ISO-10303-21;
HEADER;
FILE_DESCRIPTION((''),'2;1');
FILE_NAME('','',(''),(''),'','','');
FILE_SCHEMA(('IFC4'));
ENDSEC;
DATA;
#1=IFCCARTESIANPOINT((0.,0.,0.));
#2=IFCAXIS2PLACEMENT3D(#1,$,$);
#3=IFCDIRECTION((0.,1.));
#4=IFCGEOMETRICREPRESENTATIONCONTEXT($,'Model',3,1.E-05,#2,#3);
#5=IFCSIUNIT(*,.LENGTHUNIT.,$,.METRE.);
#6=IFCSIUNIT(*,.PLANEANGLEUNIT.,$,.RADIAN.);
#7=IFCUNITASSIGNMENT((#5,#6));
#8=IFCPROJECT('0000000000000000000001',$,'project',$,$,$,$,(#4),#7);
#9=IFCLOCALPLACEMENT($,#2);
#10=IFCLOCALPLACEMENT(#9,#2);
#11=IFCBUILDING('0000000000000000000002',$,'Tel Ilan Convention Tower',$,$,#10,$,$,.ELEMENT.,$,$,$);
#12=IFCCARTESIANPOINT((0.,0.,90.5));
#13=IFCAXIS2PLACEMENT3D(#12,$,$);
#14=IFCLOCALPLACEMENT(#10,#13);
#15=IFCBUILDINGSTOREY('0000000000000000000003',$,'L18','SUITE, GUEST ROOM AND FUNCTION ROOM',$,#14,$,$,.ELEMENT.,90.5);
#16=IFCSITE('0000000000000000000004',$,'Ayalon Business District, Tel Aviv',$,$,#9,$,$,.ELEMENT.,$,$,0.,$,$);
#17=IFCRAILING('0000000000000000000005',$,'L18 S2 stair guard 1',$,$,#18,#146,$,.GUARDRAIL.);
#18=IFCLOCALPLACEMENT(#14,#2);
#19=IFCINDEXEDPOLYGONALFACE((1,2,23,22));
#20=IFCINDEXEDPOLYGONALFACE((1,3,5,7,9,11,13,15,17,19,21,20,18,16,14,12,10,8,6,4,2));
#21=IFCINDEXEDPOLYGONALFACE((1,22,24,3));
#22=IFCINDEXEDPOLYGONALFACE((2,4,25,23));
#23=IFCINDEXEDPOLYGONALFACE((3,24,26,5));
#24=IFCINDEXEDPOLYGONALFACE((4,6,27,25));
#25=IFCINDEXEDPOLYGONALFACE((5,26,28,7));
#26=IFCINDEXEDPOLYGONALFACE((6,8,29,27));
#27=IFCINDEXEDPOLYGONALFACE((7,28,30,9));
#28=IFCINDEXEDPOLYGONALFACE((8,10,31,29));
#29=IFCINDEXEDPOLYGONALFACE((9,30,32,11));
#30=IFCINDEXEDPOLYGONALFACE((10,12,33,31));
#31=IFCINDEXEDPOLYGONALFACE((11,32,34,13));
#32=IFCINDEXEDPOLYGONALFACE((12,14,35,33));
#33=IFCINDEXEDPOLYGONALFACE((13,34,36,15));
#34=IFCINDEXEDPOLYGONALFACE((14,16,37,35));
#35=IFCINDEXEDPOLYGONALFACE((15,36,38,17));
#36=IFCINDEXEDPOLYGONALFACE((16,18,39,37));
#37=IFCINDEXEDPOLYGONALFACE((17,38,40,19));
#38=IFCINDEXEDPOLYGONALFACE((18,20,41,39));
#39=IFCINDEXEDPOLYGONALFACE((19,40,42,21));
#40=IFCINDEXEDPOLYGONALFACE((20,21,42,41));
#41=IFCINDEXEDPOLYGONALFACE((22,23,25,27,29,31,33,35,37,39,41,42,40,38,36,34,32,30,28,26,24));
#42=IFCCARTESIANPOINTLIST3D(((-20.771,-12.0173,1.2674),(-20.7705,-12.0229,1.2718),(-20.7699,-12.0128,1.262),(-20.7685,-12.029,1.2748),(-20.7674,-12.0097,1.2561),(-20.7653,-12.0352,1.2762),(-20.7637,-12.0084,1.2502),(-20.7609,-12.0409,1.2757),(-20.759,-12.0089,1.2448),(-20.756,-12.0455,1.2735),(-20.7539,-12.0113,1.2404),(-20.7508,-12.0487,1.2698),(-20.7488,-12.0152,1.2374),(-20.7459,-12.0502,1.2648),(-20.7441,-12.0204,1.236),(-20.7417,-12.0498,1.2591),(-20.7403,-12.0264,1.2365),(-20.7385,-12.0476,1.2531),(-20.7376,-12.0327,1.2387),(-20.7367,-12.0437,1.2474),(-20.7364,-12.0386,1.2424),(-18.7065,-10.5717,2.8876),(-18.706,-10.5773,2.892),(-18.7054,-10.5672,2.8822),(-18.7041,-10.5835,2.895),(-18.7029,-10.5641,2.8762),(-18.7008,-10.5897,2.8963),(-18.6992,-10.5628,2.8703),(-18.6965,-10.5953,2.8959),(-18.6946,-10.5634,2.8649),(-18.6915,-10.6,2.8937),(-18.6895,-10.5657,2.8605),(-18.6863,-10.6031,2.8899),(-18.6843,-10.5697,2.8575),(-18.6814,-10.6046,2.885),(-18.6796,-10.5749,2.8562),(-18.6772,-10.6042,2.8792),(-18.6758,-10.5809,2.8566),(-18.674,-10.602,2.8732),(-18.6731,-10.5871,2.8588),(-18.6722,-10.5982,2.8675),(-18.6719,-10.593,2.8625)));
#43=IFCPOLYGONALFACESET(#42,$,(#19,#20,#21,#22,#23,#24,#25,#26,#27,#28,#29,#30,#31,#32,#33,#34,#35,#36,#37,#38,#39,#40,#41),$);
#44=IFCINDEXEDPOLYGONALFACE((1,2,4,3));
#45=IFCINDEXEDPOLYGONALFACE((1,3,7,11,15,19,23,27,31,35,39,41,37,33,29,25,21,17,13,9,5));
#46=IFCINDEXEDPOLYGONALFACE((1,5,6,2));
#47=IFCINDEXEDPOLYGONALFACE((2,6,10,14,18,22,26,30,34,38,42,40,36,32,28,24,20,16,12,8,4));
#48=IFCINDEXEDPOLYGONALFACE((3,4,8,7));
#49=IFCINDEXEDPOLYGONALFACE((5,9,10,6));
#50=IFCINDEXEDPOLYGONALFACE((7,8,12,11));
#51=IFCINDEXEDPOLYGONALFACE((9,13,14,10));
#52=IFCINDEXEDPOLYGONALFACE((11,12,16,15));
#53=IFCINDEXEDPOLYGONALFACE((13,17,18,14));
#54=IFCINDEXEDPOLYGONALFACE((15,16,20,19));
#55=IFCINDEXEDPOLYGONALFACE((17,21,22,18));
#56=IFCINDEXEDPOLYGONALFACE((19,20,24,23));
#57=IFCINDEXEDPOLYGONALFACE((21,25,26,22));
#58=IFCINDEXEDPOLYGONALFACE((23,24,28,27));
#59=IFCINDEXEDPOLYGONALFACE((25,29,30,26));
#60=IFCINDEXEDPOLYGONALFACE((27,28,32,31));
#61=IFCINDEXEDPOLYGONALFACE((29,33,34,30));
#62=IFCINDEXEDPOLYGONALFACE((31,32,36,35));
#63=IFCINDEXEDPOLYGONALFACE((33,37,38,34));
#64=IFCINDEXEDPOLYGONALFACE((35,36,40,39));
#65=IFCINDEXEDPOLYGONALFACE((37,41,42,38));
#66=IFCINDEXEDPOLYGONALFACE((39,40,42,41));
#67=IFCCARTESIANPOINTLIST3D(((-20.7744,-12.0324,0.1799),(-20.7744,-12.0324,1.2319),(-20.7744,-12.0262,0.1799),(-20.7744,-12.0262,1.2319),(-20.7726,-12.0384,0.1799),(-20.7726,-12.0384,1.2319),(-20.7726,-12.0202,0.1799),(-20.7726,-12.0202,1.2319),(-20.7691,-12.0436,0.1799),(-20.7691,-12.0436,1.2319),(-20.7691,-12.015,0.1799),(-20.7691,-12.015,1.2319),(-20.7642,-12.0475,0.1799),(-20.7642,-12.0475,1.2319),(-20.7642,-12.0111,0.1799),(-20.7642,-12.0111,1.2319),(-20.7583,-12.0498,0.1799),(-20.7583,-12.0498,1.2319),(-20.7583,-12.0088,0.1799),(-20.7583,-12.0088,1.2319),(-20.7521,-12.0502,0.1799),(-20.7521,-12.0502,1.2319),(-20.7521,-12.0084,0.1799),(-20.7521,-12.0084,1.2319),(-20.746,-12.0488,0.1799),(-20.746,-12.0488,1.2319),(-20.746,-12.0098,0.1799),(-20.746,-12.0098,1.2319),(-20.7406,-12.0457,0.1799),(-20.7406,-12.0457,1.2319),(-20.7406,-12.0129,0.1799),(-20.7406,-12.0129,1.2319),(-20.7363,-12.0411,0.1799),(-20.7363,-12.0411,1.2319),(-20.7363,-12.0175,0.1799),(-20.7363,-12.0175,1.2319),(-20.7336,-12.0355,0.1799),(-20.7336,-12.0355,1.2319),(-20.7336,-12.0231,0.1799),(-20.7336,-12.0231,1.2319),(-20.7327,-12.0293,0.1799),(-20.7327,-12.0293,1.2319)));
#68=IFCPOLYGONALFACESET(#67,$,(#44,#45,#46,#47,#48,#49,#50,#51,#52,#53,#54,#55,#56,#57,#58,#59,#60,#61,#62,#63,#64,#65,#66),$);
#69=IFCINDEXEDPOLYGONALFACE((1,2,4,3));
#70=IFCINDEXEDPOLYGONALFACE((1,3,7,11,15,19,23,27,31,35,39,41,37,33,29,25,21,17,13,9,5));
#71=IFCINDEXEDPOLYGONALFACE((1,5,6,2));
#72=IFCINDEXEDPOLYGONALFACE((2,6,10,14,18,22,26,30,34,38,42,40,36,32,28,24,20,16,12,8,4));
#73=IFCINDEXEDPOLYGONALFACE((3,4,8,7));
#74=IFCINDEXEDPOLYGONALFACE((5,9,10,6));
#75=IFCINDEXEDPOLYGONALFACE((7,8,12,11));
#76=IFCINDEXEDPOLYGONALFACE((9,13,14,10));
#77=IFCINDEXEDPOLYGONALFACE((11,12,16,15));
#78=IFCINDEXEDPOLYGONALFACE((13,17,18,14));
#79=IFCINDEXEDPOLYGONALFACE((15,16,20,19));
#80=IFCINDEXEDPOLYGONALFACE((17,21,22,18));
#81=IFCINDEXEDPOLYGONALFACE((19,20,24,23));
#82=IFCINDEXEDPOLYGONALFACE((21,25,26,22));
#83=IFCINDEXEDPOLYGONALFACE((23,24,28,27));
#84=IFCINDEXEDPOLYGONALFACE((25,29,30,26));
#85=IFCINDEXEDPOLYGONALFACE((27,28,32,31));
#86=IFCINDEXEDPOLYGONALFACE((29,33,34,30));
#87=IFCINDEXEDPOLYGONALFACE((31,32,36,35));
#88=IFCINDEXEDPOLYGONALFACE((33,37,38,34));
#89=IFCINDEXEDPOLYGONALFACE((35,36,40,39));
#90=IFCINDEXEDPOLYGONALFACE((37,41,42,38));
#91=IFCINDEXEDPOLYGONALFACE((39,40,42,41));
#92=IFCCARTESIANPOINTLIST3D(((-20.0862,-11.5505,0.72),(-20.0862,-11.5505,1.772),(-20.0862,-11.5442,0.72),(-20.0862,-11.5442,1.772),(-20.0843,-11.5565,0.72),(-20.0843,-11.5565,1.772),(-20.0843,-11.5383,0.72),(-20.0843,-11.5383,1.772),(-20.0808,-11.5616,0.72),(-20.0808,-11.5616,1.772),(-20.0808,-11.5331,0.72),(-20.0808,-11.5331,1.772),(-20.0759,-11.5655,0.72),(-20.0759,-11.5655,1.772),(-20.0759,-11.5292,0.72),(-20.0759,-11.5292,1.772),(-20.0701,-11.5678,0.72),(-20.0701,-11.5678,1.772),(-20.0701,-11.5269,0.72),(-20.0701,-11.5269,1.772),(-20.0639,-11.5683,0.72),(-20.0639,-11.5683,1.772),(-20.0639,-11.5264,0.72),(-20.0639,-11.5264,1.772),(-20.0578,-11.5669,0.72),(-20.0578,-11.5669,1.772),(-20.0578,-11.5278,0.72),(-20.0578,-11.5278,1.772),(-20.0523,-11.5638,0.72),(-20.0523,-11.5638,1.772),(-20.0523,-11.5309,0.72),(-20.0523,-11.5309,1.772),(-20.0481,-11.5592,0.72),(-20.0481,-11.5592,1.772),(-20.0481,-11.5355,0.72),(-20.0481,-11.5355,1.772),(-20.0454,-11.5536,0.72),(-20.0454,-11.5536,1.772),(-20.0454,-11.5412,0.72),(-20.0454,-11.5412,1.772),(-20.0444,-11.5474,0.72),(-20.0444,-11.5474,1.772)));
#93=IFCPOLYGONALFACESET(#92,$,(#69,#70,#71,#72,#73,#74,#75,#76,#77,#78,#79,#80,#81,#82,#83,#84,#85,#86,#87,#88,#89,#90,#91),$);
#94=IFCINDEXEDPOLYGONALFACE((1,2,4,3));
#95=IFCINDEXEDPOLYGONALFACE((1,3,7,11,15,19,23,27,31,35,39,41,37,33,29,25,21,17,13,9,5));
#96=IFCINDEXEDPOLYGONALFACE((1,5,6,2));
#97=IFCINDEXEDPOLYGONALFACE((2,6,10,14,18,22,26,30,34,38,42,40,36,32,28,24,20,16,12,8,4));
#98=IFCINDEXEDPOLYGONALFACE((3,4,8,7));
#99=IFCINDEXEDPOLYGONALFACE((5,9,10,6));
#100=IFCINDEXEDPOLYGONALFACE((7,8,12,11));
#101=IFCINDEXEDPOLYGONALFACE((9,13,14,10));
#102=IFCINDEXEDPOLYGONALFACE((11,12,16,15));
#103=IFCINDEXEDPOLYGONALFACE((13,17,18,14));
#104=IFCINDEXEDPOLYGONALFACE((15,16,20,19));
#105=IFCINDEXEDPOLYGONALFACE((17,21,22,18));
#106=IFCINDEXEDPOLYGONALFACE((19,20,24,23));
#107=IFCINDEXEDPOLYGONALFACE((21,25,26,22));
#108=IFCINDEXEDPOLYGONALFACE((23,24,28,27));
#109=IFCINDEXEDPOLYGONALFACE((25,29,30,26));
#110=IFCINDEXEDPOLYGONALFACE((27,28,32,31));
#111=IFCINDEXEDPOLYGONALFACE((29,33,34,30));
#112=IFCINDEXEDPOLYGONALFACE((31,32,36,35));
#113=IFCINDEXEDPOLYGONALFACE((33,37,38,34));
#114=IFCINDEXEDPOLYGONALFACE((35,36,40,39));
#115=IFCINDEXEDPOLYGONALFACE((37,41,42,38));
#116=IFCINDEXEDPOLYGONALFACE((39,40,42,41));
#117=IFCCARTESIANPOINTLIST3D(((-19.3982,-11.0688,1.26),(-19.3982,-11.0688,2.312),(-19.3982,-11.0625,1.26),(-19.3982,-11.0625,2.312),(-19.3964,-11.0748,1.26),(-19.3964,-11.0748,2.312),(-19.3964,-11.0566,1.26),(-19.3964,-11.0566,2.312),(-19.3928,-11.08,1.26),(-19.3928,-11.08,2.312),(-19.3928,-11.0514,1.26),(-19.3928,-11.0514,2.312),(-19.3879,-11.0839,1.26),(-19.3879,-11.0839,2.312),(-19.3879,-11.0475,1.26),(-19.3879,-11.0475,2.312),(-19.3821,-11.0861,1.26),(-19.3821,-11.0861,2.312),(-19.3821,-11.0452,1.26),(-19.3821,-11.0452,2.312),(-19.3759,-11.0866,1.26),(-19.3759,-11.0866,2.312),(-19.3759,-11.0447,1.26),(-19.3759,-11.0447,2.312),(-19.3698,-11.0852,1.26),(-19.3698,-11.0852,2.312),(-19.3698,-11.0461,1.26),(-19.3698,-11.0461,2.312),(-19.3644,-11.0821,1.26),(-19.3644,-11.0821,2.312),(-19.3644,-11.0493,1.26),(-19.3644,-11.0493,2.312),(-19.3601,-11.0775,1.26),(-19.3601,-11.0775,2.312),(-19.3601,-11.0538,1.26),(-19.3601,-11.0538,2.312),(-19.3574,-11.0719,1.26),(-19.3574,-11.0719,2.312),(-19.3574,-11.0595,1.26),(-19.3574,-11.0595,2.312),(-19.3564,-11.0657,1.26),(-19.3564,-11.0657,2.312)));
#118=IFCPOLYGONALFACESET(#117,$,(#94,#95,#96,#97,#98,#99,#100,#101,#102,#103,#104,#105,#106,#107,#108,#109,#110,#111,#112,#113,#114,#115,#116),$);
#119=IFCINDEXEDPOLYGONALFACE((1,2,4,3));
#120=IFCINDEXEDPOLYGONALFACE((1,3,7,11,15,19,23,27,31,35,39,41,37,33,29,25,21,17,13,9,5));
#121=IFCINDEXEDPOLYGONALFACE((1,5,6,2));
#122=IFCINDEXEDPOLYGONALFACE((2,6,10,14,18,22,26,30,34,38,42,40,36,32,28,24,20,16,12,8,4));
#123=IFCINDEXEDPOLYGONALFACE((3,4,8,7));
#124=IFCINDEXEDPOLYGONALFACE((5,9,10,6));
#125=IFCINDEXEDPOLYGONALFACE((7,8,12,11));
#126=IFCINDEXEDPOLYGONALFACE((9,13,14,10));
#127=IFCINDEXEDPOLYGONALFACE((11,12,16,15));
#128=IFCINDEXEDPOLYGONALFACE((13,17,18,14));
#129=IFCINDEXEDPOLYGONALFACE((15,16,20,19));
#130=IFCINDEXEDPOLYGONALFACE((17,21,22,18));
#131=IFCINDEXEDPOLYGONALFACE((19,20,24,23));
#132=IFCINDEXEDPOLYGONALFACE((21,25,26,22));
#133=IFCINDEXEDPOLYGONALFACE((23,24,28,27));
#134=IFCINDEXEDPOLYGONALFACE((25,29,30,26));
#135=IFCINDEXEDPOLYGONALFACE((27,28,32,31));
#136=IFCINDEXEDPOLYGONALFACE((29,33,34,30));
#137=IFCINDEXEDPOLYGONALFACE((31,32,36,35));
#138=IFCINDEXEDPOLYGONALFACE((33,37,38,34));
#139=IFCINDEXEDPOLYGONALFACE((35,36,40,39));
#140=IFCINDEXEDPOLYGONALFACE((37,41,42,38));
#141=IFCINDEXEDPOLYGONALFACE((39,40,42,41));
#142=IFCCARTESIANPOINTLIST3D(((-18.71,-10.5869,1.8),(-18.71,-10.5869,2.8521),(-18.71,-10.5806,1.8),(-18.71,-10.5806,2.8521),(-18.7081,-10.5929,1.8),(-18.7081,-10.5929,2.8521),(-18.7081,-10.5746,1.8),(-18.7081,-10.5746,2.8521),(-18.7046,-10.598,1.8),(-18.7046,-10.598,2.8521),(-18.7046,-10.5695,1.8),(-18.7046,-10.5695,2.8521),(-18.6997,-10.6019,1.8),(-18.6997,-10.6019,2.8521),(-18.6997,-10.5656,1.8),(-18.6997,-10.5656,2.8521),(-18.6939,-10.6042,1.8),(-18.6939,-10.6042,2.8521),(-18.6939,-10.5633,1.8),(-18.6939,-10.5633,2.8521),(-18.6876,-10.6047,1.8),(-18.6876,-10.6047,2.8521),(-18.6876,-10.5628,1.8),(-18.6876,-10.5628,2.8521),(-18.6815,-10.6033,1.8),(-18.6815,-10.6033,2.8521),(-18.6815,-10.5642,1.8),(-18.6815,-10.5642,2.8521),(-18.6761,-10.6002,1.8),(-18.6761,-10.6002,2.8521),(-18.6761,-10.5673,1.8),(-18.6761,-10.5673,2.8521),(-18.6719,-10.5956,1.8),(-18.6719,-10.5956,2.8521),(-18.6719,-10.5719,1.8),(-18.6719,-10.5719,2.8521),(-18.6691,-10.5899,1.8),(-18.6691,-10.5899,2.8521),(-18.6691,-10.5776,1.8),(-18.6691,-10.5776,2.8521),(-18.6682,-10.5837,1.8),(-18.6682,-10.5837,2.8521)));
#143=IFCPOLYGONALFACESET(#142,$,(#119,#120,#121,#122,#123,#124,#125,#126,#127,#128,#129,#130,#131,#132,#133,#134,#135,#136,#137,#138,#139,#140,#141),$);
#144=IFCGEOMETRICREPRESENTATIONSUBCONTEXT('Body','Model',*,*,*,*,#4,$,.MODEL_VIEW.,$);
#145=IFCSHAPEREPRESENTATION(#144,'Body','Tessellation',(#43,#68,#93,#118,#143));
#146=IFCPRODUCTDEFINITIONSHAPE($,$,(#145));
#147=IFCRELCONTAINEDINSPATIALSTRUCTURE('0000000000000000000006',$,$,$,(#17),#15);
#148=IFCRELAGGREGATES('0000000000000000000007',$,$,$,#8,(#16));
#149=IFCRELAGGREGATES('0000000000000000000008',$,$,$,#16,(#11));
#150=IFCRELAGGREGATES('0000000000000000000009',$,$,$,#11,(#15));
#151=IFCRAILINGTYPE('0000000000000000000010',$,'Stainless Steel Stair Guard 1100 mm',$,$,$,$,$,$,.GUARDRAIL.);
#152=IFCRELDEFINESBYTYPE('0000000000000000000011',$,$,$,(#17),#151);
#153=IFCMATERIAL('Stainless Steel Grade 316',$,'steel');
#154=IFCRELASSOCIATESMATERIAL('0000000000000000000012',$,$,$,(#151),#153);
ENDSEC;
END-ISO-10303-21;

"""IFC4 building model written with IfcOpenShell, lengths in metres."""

from ifc_helpers import new_model, si_unit, direction, frame, origin, origin_2d, place, context, subcontext, project, spatial, circle, extrude, material, type_object, element, save


model = new_model("IFC4")

# Units and contexts
model_context = context("Model", 3, precision=1e-05, world=origin(), true_north=direction((0.0, 1.0)))
body_context = subcontext(model_context, "Body", "Model", "MODEL_VIEW")
ifc_project = project(units=[si_unit("LENGTHUNIT", "METRE"), si_unit("PLANEANGLEUNIT", "RADIAN")], contexts=[model_context])

# Site, building, storey
site_placement = place(None, origin())
site = spatial("IfcSite", under=ifc_project, at=site_placement, Name="Ayalon Business District, Tel Aviv", CompositionType="ELEMENT", RefElevation=0.0)
building_placement = place(site_placement, origin())
building = spatial("IfcBuilding", under=site, at=building_placement, Name="Tel Ilan Convention Tower", CompositionType="ELEMENT")
storey_placement = place(building_placement, frame((0.0, 0.0, 90.5)))
storey = spatial("IfcBuildingStorey", under=building, at=storey_placement, Name="L18", Description="SUITE, GUEST ROOM AND FUNCTION ROOM", CompositionType="ELEMENT", Elevation=90.5)

# Railing
ifc_material_1 = material(Name="Stainless Steel Grade 316", Category="steel")
railing_type_1 = type_object("IfcRailingType", Name="Stainless Steel Stair Guard 1100 mm", PredefinedType="GUARDRAIL", material=ifc_material_1)
railing_1_placement = place(storey_placement, frame((-20.7537, -12.0293, 0.1799)))
element("IfcRailing", 1, at=railing_1_placement, inside=storey, type_object=railing_type_1, Name="L18 S2 stair guard 1", PredefinedType="GUARDRAIL", context=body_context, shape_type="SweptSolid", body=[
    extrude(circle(Radius=0.0239, at=origin_2d()), frame((0.0, 0.0, 1.0762), z_axis=(0.689056, 0.482486, 0.540749), x_axis=(-0.573579, 0.81915, 0.0)), (0.0, 0.0, 1.0), 2.9961),
    extrude(circle(Radius=0.021, at=origin_2d()), origin(), (0.0, 0.0, 1.0), 1.052),
    extrude(circle(Radius=0.021, at=origin_2d()), frame((0.6882, 0.4819, 0.54)), (0.0, 0.0, 1.0), 1.052),
    extrude(circle(Radius=0.021, at=origin_2d()), frame((1.3762, 0.9636, 1.0801)), (0.0, 0.0, 1.0), 1.052),
    extrude(circle(Radius=0.021, at=origin_2d()), frame((2.0645, 1.4456, 1.6201)), (0.0, 0.0, 1.0), 1.052),
])

save(model, "model.ifc")
